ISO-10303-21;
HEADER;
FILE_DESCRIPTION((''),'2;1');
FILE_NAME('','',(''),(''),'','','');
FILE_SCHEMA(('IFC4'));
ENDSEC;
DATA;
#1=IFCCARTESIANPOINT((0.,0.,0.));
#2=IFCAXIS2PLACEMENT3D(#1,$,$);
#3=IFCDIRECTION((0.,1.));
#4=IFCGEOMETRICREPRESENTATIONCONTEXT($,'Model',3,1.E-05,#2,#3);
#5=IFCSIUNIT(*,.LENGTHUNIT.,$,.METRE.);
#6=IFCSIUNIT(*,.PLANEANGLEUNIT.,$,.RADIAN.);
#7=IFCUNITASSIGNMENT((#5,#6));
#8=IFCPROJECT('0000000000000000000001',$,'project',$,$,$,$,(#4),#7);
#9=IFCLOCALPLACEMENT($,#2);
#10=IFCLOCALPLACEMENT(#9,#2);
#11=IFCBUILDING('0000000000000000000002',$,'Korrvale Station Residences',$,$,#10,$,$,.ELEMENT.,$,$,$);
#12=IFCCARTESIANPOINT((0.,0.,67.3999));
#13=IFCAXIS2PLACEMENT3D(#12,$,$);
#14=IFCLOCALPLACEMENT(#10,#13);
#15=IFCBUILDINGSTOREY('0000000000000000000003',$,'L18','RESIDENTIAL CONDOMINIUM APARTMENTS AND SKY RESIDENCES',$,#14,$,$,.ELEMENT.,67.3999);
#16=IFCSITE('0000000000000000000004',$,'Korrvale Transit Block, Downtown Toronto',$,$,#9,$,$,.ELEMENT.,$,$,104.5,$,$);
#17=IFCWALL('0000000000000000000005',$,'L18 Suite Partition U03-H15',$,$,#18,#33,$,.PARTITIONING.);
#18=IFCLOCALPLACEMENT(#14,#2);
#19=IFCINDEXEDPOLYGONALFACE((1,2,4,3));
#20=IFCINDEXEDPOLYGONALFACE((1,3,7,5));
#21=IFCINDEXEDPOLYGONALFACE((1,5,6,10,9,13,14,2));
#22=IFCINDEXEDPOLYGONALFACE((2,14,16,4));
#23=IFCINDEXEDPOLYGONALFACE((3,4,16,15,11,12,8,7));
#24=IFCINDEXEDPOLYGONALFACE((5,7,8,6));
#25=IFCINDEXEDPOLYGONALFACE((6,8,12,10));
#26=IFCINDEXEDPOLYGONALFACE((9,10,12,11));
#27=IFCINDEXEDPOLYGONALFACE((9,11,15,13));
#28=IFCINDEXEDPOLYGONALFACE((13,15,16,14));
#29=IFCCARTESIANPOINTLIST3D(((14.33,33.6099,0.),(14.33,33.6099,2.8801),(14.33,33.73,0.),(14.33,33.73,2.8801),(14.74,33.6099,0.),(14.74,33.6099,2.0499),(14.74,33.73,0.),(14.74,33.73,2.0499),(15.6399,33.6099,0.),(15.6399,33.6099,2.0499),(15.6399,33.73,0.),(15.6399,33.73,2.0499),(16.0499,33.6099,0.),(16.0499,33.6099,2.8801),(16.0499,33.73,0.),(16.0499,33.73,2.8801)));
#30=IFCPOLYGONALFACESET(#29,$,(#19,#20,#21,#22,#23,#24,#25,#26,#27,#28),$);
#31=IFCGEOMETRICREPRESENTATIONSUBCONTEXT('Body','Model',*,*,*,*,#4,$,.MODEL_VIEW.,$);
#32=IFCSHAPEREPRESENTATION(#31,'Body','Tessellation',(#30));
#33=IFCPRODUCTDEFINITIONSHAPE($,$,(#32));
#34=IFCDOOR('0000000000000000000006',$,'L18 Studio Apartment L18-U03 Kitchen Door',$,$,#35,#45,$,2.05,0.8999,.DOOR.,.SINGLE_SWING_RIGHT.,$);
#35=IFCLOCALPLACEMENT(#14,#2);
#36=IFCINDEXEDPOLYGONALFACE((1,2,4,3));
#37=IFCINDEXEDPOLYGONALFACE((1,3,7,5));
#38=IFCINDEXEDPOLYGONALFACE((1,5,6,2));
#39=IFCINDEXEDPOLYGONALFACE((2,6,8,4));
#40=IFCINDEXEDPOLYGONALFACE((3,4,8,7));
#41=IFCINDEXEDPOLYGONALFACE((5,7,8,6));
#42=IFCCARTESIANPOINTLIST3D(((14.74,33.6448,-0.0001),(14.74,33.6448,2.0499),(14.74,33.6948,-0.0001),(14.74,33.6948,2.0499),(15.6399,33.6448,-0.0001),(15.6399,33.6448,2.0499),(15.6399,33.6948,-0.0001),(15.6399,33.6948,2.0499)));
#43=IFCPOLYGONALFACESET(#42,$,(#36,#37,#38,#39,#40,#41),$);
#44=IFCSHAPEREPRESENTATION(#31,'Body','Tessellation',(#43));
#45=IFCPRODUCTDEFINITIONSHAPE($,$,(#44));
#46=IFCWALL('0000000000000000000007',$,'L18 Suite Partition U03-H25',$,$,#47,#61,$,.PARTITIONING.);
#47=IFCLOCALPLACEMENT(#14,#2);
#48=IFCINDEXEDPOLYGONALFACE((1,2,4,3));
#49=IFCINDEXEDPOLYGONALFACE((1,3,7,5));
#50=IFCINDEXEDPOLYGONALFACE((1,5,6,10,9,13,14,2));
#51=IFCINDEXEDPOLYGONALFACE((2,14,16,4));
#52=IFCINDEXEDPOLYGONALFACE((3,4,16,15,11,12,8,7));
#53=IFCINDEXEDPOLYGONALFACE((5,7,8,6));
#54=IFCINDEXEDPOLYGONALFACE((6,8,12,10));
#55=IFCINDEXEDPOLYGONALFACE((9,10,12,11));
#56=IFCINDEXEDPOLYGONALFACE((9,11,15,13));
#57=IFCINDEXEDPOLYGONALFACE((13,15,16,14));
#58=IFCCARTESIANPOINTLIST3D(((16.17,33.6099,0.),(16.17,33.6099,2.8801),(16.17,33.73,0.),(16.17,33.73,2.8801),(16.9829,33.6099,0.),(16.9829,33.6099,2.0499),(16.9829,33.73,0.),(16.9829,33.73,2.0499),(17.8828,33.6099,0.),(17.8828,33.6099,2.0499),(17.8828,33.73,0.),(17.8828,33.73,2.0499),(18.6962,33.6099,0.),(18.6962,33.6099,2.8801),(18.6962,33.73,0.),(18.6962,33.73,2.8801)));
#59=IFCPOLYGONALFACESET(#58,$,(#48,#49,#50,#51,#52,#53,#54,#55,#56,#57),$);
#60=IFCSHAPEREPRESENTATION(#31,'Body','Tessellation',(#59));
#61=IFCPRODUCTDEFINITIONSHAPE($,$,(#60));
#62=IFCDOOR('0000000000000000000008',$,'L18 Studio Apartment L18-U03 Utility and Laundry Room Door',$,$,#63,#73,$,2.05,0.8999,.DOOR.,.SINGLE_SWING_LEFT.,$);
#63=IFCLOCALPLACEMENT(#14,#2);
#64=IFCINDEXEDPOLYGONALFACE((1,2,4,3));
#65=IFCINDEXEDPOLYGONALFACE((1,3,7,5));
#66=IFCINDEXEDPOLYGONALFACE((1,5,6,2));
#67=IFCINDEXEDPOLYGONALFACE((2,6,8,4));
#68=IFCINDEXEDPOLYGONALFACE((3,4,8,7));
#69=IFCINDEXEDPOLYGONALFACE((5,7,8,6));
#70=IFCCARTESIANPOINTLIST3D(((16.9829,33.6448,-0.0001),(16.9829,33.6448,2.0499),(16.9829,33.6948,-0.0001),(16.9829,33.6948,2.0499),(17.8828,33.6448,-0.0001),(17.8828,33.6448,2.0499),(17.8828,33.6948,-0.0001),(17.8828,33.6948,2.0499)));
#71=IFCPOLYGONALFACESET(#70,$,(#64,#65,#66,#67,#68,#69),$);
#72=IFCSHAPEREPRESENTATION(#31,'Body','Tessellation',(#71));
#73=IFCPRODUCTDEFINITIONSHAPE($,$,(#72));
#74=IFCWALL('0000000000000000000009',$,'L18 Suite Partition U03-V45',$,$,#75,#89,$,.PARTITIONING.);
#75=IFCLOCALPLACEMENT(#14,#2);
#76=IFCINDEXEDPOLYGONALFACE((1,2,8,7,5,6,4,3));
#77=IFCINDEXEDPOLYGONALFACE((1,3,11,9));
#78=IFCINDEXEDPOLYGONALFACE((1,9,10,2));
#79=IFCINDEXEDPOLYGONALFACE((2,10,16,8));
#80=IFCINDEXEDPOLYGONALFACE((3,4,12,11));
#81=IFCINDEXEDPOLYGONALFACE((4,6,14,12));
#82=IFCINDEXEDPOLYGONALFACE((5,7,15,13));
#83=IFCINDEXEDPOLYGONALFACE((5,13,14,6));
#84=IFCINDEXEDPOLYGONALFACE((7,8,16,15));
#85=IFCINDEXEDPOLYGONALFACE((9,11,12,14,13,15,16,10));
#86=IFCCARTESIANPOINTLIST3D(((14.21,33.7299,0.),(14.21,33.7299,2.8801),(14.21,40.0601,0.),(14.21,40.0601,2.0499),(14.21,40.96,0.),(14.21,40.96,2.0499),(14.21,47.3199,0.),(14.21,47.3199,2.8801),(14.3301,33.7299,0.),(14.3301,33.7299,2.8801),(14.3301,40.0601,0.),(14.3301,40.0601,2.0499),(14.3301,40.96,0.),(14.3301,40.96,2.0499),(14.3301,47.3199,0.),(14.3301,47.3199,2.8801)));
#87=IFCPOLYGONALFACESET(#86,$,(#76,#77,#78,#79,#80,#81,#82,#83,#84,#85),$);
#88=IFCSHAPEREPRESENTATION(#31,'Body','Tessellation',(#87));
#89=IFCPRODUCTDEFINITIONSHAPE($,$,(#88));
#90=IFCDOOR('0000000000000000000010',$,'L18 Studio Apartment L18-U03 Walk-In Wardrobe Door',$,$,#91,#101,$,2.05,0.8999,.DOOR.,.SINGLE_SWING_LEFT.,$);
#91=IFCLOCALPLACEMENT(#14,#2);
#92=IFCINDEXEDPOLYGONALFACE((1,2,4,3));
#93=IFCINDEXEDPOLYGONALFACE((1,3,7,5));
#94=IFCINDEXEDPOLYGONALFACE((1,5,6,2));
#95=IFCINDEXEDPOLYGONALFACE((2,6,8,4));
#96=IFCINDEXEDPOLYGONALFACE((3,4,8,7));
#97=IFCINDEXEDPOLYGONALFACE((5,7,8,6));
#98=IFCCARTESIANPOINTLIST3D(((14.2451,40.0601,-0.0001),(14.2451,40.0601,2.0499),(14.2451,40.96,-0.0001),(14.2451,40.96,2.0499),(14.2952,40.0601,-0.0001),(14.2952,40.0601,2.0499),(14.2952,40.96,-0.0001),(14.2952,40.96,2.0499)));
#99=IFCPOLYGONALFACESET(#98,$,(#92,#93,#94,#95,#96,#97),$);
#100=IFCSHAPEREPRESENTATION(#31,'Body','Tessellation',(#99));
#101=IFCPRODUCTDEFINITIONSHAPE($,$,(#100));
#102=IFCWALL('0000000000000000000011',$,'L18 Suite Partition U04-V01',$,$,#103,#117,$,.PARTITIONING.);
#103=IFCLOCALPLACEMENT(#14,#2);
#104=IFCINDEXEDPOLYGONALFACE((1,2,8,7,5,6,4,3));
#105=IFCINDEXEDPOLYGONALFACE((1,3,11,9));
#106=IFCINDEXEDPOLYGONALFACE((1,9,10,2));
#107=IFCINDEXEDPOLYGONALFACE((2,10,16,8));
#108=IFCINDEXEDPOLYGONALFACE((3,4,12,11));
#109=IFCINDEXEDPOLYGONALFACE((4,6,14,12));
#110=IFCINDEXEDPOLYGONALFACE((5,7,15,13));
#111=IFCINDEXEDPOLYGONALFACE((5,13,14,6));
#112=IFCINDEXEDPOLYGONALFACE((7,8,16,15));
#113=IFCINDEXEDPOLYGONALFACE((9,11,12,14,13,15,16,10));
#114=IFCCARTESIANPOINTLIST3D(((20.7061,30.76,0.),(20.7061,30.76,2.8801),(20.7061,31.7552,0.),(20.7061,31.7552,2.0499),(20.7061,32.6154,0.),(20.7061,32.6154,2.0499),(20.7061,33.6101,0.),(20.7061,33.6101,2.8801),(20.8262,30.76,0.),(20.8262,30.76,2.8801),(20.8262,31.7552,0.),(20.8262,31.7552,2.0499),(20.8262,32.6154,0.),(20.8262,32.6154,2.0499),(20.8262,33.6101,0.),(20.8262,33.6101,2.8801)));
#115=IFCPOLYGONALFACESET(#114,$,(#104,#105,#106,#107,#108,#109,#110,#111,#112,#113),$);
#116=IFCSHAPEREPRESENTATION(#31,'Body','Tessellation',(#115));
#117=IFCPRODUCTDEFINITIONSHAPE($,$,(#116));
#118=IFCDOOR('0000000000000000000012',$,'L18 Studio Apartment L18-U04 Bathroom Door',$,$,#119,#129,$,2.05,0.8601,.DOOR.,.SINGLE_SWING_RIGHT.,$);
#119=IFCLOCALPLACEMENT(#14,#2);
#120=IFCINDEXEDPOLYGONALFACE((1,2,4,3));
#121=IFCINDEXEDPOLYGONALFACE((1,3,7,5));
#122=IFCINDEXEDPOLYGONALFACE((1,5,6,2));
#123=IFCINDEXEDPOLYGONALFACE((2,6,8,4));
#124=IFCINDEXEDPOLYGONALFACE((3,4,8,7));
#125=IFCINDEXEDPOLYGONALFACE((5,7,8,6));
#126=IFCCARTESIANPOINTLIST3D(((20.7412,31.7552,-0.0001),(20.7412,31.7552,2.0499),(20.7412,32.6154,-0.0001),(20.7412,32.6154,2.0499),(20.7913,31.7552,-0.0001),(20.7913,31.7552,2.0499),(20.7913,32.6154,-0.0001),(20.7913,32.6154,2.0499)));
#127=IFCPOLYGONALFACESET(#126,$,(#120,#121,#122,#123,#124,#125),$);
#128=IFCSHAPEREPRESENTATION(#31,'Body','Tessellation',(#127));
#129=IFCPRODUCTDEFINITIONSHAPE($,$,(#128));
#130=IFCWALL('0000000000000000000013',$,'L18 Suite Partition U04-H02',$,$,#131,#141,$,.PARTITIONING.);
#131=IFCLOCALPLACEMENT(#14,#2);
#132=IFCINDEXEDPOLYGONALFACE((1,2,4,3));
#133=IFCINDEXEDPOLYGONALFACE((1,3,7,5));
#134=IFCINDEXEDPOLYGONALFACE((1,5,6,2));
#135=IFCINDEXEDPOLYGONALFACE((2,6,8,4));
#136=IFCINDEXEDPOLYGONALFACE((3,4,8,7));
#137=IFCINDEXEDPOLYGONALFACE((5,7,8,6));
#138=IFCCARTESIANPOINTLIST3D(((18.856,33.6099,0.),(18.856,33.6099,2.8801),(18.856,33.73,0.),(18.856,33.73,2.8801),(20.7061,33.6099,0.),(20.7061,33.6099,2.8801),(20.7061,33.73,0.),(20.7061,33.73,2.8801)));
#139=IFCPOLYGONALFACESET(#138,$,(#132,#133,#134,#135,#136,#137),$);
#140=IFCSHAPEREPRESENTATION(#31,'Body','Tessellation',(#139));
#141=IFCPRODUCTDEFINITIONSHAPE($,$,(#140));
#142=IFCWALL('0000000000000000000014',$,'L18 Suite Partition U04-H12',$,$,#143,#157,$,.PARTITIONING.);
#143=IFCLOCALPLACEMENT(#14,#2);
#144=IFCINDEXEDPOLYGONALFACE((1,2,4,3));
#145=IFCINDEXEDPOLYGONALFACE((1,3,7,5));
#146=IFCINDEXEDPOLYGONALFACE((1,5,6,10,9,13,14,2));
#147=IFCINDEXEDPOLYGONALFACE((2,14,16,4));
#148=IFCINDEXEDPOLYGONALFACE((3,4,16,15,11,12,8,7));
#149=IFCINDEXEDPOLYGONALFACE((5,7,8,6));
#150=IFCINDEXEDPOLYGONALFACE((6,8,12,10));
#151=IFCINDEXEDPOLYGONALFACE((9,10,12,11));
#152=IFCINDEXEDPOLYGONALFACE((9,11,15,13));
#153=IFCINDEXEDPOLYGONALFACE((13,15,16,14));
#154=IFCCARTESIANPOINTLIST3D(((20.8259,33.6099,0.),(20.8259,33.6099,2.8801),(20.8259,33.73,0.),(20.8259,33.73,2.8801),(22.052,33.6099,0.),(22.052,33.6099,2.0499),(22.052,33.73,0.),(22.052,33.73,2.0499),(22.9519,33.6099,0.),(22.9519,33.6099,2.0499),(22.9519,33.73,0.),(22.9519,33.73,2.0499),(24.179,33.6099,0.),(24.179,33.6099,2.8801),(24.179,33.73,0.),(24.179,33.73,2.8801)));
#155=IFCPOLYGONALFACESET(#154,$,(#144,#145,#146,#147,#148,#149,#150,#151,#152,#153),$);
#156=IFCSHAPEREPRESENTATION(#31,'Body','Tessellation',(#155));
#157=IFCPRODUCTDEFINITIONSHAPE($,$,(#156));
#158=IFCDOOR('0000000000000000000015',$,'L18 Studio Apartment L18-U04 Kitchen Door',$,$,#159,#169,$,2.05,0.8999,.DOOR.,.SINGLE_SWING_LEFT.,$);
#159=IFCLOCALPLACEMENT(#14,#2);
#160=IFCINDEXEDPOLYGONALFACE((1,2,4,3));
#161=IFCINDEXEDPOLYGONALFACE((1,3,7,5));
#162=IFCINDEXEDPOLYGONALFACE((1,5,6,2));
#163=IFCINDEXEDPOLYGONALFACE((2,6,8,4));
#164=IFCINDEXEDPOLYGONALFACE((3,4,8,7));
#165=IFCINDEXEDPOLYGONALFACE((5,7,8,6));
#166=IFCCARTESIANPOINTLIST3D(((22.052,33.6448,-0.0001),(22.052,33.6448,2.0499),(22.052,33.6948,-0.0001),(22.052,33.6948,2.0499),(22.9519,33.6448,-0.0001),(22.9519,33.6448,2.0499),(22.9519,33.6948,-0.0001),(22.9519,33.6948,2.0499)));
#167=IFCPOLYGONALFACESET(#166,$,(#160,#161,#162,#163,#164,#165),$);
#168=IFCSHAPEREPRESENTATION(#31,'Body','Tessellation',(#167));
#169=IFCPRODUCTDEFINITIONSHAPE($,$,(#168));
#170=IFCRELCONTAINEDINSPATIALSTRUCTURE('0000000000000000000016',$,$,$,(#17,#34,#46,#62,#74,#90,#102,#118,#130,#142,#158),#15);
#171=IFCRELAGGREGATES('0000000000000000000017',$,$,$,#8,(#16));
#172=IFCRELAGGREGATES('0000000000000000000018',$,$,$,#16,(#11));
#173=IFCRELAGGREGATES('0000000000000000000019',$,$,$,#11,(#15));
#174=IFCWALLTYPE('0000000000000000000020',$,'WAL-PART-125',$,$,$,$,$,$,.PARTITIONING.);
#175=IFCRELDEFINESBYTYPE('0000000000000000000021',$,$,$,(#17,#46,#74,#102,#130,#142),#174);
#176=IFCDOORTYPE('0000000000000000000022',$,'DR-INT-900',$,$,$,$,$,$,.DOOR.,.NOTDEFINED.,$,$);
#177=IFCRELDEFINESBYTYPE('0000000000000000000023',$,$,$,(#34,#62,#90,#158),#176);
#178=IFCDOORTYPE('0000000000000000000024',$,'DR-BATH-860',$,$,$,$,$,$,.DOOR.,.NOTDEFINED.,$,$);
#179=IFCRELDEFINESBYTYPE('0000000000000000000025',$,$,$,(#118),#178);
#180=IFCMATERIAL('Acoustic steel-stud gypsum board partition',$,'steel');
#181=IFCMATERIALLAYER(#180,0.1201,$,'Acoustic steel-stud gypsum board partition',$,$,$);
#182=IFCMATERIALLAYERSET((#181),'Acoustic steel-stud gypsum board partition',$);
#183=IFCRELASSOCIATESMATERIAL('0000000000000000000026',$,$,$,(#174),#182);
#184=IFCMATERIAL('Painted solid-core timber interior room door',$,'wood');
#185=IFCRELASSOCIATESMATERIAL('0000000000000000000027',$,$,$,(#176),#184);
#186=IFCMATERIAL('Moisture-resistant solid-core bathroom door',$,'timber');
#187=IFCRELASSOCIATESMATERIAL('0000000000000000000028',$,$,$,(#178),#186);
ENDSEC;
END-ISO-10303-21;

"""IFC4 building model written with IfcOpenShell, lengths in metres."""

from ifc_helpers import new_model, si_unit, direction, frame, frame_2d, origin, place, context, subcontext, project, spatial, rectangle, extrude, material, layer, layer_set, type_object, element, fill, save


model = new_model("IFC4")

# Units and contexts
model_context = context("Model", 3, precision=1e-05, world=origin(), true_north=direction((0.0, 1.0)))
body_context = subcontext(model_context, "Body", "Model", "MODEL_VIEW")
ifc_project = project(units=[si_unit("LENGTHUNIT", "METRE"), si_unit("PLANEANGLEUNIT", "RADIAN")], contexts=[model_context])

# Site, building, storey
site_placement = place(None, origin())
site = spatial("IfcSite", under=ifc_project, at=site_placement, Name="Korrvale Transit Block, Downtown Toronto", CompositionType="ELEMENT", RefElevation=104.5)
building_placement = place(site_placement, origin())
building = spatial("IfcBuilding", under=site, at=building_placement, Name="Korrvale Station Residences", CompositionType="ELEMENT")
storey_placement = place(building_placement, frame((0.0, 0.0, 67.3999)))
storey = spatial("IfcBuildingStorey", under=building, at=storey_placement, Name="L18", Description="RESIDENTIAL CONDOMINIUM APARTMENTS AND SKY RESIDENCES", CompositionType="ELEMENT", Elevation=67.3999)

# Walls, openings, doors
ifc_material_1 = material(Name="Acoustic steel-stud gypsum board partition", Category="steel")
ifc_layer_1 = layer(ifc_material_1, 0.1201, Name="Acoustic steel-stud gypsum board partition")
ifc_layer_set_1 = layer_set([ifc_layer_1], Name="Acoustic steel-stud gypsum board partition")
wall_type_1 = type_object("IfcWallType", Name="WAL-PART-125", PredefinedType="PARTITIONING", material=ifc_layer_set_1)
wall_1_placement = place(storey_placement, frame((14.3301, 33.6699, 0.0), z_axis=(0.0, 0.0, 1.0), x_axis=(1.0, 0.0, 0.0)))
wall_1 = element("IfcWall", 1, at=wall_1_placement, inside=storey, type_object=wall_type_1, Name="L18 Suite Partition U03-H15", PredefinedType="PARTITIONING", context=body_context, shape_type="SweptSolid", body=[
    extrude(rectangle(XDim=1.72, YDim=0.1201, at=frame_2d((0.8599, 0.0))), origin(), (0.0, 0.0, 1.0), 2.8801),
])
opening_1_placement = place(wall_1_placement, frame((0.4099, 0.0, 0.0)))
opening_1 = element("IfcOpeningElement", 2, at=opening_1_placement, cuts=wall_1, PredefinedType="OPENING", context=body_context, shape_type="SweptSolid", body=[
    extrude(rectangle(XDim=0.8999, YDim=2.05, at=frame_2d((0.45, 1.0249))), frame((0.0, 0.0701, 0.0), z_axis=(0.0, -1.0, 0.0), x_axis=(1.0, 0.0, 0.0)), (0.0, 0.0, 1.0), 0.1401),
])
ifc_material_2 = material(Name="Painted solid-core timber interior room door", Category="wood")
door_type_1 = type_object("IfcDoorType", Name="DR-INT-900", OperationType="NOTDEFINED", PredefinedType="DOOR", material=ifc_material_2)
door_1_placement = place(opening_1_placement, origin())
door_1 = element("IfcDoor", 3, at=door_1_placement, inside=storey, type_object=door_type_1, Name="L18 Studio Apartment L18-U03 Kitchen Door", OperationType="SINGLE_SWING_RIGHT", OverallHeight=2.05, OverallWidth=0.8999, PredefinedType="DOOR", context=body_context, shape_type="SweptSolid", body=[
    extrude(rectangle(XDim=0.8999, YDim=2.05, at=frame_2d((0.45, 1.0249))), frame((0.0, 0.0249, 0.0), z_axis=(0.0, -1.0, 0.0), x_axis=(1.0, 0.0, 0.0)), (0.0, 0.0, 1.0), 0.05),
])
fill(opening_1, door_1)
wall_2_placement = place(storey_placement, frame((16.1699, 33.6699, 0.0), z_axis=(0.0, 0.0, 1.0), x_axis=(1.0, 0.0, 0.0)))
wall_2 = element("IfcWall", 4, at=wall_2_placement, inside=storey, type_object=wall_type_1, Name="L18 Suite Partition U03-H25", PredefinedType="PARTITIONING", context=body_context, shape_type="SweptSolid", body=[
    extrude(rectangle(XDim=2.5261, YDim=0.1201, at=frame_2d((1.2632, 0.0))), origin(), (0.0, 0.0, 1.0), 2.8801),
])
opening_2_placement = place(wall_2_placement, frame((0.813, 0.0, 0.0)))
opening_2 = element("IfcOpeningElement", 5, at=opening_2_placement, cuts=wall_2, PredefinedType="OPENING", context=body_context, shape_type="SweptSolid", body=[
    extrude(rectangle(XDim=0.8999, YDim=2.05, at=frame_2d((0.45, 1.0249))), frame((0.0, 0.0701, 0.0), z_axis=(0.0, -1.0, 0.0), x_axis=(1.0, 0.0, 0.0)), (0.0, 0.0, 1.0), 0.1401),
])
door_2_placement = place(opening_2_placement, origin())
door_2 = element("IfcDoor", 6, at=door_2_placement, inside=storey, type_object=door_type_1, Name="L18 Studio Apartment L18-U03 Utility and Laundry Room Door", OperationType="SINGLE_SWING_LEFT", OverallHeight=2.05, OverallWidth=0.8999, PredefinedType="DOOR", context=body_context, shape_type="SweptSolid", body=[
    extrude(rectangle(XDim=0.8999, YDim=2.05, at=frame_2d((0.45, 1.0249))), frame((0.0, 0.0249, 0.0), z_axis=(0.0, -1.0, 0.0), x_axis=(1.0, 0.0, 0.0)), (0.0, 0.0, 1.0), 0.05),
])
fill(opening_2, door_2)
wall_3_placement = place(storey_placement, frame((14.27, 33.73, 0.0), z_axis=(0.0, 0.0, 1.0), x_axis=(0.0, 1.0, 0.0)))
wall_3 = element("IfcWall", 7, at=wall_3_placement, inside=storey, type_object=wall_type_1, Name="L18 Suite Partition U03-V45", PredefinedType="PARTITIONING", context=body_context, shape_type="SweptSolid", body=[
    extrude(rectangle(XDim=13.5901, YDim=0.1201, at=frame_2d((6.7949, 0.0))), origin(), (0.0, 0.0, 1.0), 2.8801),
])
opening_3_placement = place(wall_3_placement, frame((6.3301, 0.0, 0.0)))
opening_3 = element("IfcOpeningElement", 8, at=opening_3_placement, cuts=wall_3, PredefinedType="OPENING", context=body_context, shape_type="SweptSolid", body=[
    extrude(rectangle(XDim=0.8999, YDim=2.05, at=frame_2d((0.45, 1.0249))), frame((0.0, 0.0701, 0.0), z_axis=(0.0, -1.0, 0.0), x_axis=(1.0, 0.0, 0.0)), (0.0, 0.0, 1.0), 0.1401),
])
door_3_placement = place(opening_3_placement, origin())
door_3 = element("IfcDoor", 9, at=door_3_placement, inside=storey, type_object=door_type_1, Name="L18 Studio Apartment L18-U03 Walk-In Wardrobe Door", OperationType="SINGLE_SWING_LEFT", OverallHeight=2.05, OverallWidth=0.8999, PredefinedType="DOOR", context=body_context, shape_type="SweptSolid", body=[
    extrude(rectangle(XDim=0.8999, YDim=2.05, at=frame_2d((0.45, 1.0249))), frame((0.0, 0.0249, 0.0), z_axis=(0.0, -1.0, 0.0), x_axis=(1.0, 0.0, 0.0)), (0.0, 0.0, 1.0), 0.05),
])
fill(opening_3, door_3)
wall_4_placement = place(storey_placement, frame((20.7661, 30.76, 0.0), z_axis=(0.0, 0.0, 1.0), x_axis=(0.0, 1.0, 0.0)))
wall_4 = element("IfcWall", 10, at=wall_4_placement, inside=storey, type_object=wall_type_1, Name="L18 Suite Partition U04-V01", PredefinedType="PARTITIONING", context=body_context, shape_type="SweptSolid", body=[
    extrude(rectangle(XDim=2.8501, YDim=0.1201, at=frame_2d((1.425, 0.0))), origin(), (0.0, 0.0, 1.0), 2.8801),
])
opening_4_placement = place(wall_4_placement, frame((0.9951, 0.0, 0.0)))
opening_4 = element("IfcOpeningElement", 11, at=opening_4_placement, cuts=wall_4, PredefinedType="OPENING", context=body_context, shape_type="SweptSolid", body=[
    extrude(rectangle(XDim=0.8601, YDim=2.05, at=frame_2d((0.4302, 1.0249))), frame((0.0, 0.0701, 0.0), z_axis=(0.0, -1.0, 0.0), x_axis=(1.0, 0.0, 0.0)), (0.0, 0.0, 1.0), 0.1401),
])
ifc_material_3 = material(Name="Moisture-resistant solid-core bathroom door", Category="timber")
door_type_2 = type_object("IfcDoorType", Name="DR-BATH-860", OperationType="NOTDEFINED", PredefinedType="DOOR", material=ifc_material_3)
door_4_placement = place(opening_4_placement, origin())
door_4 = element("IfcDoor", 12, at=door_4_placement, inside=storey, type_object=door_type_2, Name="L18 Studio Apartment L18-U04 Bathroom Door", OperationType="SINGLE_SWING_RIGHT", OverallHeight=2.05, OverallWidth=0.8601, PredefinedType="DOOR", context=body_context, shape_type="SweptSolid", body=[
    extrude(rectangle(XDim=0.8601, YDim=2.05, at=frame_2d((0.4302, 1.0249))), frame((0.0, 0.0249, 0.0), z_axis=(0.0, -1.0, 0.0), x_axis=(1.0, 0.0, 0.0)), (0.0, 0.0, 1.0), 0.05),
])
fill(opening_4, door_4)

# Wall
wall_5_placement = place(storey_placement, frame((18.856, 33.6699, 0.0), z_axis=(0.0, 0.0, 1.0), x_axis=(1.0, 0.0, 0.0)))
element("IfcWall", 13, at=wall_5_placement, inside=storey, type_object=wall_type_1, Name="L18 Suite Partition U04-H02", PredefinedType="PARTITIONING", context=body_context, shape_type="SweptSolid", body=[
    extrude(rectangle(XDim=1.8501, YDim=0.1201, at=frame_2d((0.925, 0.0))), origin(), (0.0, 0.0, 1.0), 2.8801),
])

# Wall, opening, door
wall_6_placement = place(storey_placement, frame((20.8259, 33.6699, 0.0), z_axis=(0.0, 0.0, 1.0), x_axis=(1.0, 0.0, 0.0)))
wall_6 = element("IfcWall", 14, at=wall_6_placement, inside=storey, type_object=wall_type_1, Name="L18 Suite Partition U04-H12", PredefinedType="PARTITIONING", context=body_context, shape_type="SweptSolid", body=[
    extrude(rectangle(XDim=3.353, YDim=0.1201, at=frame_2d((1.6765, 0.0))), origin(), (0.0, 0.0, 1.0), 2.8801),
])
opening_5_placement = place(wall_6_placement, frame((1.2261, 0.0, 0.0)))
opening_5 = element("IfcOpeningElement", 15, at=opening_5_placement, cuts=wall_6, PredefinedType="OPENING", context=body_context, shape_type="SweptSolid", body=[
    extrude(rectangle(XDim=0.8999, YDim=2.05, at=frame_2d((0.45, 1.0249))), frame((0.0, 0.0701, 0.0), z_axis=(0.0, -1.0, 0.0), x_axis=(1.0, 0.0, 0.0)), (0.0, 0.0, 1.0), 0.1401),
])
door_5_placement = place(opening_5_placement, origin())
door_5 = element("IfcDoor", 16, at=door_5_placement, inside=storey, type_object=door_type_1, Name="L18 Studio Apartment L18-U04 Kitchen Door", OperationType="SINGLE_SWING_LEFT", OverallHeight=2.05, OverallWidth=0.8999, PredefinedType="DOOR", context=body_context, shape_type="SweptSolid", body=[
    extrude(rectangle(XDim=0.8999, YDim=2.05, at=frame_2d((0.45, 1.0249))), frame((0.0, 0.0249, 0.0), z_axis=(0.0, -1.0, 0.0), x_axis=(1.0, 0.0, 0.0)), (0.0, 0.0, 1.0), 0.05),
])
fill(opening_5, door_5)

save(model, "model.ifc")
